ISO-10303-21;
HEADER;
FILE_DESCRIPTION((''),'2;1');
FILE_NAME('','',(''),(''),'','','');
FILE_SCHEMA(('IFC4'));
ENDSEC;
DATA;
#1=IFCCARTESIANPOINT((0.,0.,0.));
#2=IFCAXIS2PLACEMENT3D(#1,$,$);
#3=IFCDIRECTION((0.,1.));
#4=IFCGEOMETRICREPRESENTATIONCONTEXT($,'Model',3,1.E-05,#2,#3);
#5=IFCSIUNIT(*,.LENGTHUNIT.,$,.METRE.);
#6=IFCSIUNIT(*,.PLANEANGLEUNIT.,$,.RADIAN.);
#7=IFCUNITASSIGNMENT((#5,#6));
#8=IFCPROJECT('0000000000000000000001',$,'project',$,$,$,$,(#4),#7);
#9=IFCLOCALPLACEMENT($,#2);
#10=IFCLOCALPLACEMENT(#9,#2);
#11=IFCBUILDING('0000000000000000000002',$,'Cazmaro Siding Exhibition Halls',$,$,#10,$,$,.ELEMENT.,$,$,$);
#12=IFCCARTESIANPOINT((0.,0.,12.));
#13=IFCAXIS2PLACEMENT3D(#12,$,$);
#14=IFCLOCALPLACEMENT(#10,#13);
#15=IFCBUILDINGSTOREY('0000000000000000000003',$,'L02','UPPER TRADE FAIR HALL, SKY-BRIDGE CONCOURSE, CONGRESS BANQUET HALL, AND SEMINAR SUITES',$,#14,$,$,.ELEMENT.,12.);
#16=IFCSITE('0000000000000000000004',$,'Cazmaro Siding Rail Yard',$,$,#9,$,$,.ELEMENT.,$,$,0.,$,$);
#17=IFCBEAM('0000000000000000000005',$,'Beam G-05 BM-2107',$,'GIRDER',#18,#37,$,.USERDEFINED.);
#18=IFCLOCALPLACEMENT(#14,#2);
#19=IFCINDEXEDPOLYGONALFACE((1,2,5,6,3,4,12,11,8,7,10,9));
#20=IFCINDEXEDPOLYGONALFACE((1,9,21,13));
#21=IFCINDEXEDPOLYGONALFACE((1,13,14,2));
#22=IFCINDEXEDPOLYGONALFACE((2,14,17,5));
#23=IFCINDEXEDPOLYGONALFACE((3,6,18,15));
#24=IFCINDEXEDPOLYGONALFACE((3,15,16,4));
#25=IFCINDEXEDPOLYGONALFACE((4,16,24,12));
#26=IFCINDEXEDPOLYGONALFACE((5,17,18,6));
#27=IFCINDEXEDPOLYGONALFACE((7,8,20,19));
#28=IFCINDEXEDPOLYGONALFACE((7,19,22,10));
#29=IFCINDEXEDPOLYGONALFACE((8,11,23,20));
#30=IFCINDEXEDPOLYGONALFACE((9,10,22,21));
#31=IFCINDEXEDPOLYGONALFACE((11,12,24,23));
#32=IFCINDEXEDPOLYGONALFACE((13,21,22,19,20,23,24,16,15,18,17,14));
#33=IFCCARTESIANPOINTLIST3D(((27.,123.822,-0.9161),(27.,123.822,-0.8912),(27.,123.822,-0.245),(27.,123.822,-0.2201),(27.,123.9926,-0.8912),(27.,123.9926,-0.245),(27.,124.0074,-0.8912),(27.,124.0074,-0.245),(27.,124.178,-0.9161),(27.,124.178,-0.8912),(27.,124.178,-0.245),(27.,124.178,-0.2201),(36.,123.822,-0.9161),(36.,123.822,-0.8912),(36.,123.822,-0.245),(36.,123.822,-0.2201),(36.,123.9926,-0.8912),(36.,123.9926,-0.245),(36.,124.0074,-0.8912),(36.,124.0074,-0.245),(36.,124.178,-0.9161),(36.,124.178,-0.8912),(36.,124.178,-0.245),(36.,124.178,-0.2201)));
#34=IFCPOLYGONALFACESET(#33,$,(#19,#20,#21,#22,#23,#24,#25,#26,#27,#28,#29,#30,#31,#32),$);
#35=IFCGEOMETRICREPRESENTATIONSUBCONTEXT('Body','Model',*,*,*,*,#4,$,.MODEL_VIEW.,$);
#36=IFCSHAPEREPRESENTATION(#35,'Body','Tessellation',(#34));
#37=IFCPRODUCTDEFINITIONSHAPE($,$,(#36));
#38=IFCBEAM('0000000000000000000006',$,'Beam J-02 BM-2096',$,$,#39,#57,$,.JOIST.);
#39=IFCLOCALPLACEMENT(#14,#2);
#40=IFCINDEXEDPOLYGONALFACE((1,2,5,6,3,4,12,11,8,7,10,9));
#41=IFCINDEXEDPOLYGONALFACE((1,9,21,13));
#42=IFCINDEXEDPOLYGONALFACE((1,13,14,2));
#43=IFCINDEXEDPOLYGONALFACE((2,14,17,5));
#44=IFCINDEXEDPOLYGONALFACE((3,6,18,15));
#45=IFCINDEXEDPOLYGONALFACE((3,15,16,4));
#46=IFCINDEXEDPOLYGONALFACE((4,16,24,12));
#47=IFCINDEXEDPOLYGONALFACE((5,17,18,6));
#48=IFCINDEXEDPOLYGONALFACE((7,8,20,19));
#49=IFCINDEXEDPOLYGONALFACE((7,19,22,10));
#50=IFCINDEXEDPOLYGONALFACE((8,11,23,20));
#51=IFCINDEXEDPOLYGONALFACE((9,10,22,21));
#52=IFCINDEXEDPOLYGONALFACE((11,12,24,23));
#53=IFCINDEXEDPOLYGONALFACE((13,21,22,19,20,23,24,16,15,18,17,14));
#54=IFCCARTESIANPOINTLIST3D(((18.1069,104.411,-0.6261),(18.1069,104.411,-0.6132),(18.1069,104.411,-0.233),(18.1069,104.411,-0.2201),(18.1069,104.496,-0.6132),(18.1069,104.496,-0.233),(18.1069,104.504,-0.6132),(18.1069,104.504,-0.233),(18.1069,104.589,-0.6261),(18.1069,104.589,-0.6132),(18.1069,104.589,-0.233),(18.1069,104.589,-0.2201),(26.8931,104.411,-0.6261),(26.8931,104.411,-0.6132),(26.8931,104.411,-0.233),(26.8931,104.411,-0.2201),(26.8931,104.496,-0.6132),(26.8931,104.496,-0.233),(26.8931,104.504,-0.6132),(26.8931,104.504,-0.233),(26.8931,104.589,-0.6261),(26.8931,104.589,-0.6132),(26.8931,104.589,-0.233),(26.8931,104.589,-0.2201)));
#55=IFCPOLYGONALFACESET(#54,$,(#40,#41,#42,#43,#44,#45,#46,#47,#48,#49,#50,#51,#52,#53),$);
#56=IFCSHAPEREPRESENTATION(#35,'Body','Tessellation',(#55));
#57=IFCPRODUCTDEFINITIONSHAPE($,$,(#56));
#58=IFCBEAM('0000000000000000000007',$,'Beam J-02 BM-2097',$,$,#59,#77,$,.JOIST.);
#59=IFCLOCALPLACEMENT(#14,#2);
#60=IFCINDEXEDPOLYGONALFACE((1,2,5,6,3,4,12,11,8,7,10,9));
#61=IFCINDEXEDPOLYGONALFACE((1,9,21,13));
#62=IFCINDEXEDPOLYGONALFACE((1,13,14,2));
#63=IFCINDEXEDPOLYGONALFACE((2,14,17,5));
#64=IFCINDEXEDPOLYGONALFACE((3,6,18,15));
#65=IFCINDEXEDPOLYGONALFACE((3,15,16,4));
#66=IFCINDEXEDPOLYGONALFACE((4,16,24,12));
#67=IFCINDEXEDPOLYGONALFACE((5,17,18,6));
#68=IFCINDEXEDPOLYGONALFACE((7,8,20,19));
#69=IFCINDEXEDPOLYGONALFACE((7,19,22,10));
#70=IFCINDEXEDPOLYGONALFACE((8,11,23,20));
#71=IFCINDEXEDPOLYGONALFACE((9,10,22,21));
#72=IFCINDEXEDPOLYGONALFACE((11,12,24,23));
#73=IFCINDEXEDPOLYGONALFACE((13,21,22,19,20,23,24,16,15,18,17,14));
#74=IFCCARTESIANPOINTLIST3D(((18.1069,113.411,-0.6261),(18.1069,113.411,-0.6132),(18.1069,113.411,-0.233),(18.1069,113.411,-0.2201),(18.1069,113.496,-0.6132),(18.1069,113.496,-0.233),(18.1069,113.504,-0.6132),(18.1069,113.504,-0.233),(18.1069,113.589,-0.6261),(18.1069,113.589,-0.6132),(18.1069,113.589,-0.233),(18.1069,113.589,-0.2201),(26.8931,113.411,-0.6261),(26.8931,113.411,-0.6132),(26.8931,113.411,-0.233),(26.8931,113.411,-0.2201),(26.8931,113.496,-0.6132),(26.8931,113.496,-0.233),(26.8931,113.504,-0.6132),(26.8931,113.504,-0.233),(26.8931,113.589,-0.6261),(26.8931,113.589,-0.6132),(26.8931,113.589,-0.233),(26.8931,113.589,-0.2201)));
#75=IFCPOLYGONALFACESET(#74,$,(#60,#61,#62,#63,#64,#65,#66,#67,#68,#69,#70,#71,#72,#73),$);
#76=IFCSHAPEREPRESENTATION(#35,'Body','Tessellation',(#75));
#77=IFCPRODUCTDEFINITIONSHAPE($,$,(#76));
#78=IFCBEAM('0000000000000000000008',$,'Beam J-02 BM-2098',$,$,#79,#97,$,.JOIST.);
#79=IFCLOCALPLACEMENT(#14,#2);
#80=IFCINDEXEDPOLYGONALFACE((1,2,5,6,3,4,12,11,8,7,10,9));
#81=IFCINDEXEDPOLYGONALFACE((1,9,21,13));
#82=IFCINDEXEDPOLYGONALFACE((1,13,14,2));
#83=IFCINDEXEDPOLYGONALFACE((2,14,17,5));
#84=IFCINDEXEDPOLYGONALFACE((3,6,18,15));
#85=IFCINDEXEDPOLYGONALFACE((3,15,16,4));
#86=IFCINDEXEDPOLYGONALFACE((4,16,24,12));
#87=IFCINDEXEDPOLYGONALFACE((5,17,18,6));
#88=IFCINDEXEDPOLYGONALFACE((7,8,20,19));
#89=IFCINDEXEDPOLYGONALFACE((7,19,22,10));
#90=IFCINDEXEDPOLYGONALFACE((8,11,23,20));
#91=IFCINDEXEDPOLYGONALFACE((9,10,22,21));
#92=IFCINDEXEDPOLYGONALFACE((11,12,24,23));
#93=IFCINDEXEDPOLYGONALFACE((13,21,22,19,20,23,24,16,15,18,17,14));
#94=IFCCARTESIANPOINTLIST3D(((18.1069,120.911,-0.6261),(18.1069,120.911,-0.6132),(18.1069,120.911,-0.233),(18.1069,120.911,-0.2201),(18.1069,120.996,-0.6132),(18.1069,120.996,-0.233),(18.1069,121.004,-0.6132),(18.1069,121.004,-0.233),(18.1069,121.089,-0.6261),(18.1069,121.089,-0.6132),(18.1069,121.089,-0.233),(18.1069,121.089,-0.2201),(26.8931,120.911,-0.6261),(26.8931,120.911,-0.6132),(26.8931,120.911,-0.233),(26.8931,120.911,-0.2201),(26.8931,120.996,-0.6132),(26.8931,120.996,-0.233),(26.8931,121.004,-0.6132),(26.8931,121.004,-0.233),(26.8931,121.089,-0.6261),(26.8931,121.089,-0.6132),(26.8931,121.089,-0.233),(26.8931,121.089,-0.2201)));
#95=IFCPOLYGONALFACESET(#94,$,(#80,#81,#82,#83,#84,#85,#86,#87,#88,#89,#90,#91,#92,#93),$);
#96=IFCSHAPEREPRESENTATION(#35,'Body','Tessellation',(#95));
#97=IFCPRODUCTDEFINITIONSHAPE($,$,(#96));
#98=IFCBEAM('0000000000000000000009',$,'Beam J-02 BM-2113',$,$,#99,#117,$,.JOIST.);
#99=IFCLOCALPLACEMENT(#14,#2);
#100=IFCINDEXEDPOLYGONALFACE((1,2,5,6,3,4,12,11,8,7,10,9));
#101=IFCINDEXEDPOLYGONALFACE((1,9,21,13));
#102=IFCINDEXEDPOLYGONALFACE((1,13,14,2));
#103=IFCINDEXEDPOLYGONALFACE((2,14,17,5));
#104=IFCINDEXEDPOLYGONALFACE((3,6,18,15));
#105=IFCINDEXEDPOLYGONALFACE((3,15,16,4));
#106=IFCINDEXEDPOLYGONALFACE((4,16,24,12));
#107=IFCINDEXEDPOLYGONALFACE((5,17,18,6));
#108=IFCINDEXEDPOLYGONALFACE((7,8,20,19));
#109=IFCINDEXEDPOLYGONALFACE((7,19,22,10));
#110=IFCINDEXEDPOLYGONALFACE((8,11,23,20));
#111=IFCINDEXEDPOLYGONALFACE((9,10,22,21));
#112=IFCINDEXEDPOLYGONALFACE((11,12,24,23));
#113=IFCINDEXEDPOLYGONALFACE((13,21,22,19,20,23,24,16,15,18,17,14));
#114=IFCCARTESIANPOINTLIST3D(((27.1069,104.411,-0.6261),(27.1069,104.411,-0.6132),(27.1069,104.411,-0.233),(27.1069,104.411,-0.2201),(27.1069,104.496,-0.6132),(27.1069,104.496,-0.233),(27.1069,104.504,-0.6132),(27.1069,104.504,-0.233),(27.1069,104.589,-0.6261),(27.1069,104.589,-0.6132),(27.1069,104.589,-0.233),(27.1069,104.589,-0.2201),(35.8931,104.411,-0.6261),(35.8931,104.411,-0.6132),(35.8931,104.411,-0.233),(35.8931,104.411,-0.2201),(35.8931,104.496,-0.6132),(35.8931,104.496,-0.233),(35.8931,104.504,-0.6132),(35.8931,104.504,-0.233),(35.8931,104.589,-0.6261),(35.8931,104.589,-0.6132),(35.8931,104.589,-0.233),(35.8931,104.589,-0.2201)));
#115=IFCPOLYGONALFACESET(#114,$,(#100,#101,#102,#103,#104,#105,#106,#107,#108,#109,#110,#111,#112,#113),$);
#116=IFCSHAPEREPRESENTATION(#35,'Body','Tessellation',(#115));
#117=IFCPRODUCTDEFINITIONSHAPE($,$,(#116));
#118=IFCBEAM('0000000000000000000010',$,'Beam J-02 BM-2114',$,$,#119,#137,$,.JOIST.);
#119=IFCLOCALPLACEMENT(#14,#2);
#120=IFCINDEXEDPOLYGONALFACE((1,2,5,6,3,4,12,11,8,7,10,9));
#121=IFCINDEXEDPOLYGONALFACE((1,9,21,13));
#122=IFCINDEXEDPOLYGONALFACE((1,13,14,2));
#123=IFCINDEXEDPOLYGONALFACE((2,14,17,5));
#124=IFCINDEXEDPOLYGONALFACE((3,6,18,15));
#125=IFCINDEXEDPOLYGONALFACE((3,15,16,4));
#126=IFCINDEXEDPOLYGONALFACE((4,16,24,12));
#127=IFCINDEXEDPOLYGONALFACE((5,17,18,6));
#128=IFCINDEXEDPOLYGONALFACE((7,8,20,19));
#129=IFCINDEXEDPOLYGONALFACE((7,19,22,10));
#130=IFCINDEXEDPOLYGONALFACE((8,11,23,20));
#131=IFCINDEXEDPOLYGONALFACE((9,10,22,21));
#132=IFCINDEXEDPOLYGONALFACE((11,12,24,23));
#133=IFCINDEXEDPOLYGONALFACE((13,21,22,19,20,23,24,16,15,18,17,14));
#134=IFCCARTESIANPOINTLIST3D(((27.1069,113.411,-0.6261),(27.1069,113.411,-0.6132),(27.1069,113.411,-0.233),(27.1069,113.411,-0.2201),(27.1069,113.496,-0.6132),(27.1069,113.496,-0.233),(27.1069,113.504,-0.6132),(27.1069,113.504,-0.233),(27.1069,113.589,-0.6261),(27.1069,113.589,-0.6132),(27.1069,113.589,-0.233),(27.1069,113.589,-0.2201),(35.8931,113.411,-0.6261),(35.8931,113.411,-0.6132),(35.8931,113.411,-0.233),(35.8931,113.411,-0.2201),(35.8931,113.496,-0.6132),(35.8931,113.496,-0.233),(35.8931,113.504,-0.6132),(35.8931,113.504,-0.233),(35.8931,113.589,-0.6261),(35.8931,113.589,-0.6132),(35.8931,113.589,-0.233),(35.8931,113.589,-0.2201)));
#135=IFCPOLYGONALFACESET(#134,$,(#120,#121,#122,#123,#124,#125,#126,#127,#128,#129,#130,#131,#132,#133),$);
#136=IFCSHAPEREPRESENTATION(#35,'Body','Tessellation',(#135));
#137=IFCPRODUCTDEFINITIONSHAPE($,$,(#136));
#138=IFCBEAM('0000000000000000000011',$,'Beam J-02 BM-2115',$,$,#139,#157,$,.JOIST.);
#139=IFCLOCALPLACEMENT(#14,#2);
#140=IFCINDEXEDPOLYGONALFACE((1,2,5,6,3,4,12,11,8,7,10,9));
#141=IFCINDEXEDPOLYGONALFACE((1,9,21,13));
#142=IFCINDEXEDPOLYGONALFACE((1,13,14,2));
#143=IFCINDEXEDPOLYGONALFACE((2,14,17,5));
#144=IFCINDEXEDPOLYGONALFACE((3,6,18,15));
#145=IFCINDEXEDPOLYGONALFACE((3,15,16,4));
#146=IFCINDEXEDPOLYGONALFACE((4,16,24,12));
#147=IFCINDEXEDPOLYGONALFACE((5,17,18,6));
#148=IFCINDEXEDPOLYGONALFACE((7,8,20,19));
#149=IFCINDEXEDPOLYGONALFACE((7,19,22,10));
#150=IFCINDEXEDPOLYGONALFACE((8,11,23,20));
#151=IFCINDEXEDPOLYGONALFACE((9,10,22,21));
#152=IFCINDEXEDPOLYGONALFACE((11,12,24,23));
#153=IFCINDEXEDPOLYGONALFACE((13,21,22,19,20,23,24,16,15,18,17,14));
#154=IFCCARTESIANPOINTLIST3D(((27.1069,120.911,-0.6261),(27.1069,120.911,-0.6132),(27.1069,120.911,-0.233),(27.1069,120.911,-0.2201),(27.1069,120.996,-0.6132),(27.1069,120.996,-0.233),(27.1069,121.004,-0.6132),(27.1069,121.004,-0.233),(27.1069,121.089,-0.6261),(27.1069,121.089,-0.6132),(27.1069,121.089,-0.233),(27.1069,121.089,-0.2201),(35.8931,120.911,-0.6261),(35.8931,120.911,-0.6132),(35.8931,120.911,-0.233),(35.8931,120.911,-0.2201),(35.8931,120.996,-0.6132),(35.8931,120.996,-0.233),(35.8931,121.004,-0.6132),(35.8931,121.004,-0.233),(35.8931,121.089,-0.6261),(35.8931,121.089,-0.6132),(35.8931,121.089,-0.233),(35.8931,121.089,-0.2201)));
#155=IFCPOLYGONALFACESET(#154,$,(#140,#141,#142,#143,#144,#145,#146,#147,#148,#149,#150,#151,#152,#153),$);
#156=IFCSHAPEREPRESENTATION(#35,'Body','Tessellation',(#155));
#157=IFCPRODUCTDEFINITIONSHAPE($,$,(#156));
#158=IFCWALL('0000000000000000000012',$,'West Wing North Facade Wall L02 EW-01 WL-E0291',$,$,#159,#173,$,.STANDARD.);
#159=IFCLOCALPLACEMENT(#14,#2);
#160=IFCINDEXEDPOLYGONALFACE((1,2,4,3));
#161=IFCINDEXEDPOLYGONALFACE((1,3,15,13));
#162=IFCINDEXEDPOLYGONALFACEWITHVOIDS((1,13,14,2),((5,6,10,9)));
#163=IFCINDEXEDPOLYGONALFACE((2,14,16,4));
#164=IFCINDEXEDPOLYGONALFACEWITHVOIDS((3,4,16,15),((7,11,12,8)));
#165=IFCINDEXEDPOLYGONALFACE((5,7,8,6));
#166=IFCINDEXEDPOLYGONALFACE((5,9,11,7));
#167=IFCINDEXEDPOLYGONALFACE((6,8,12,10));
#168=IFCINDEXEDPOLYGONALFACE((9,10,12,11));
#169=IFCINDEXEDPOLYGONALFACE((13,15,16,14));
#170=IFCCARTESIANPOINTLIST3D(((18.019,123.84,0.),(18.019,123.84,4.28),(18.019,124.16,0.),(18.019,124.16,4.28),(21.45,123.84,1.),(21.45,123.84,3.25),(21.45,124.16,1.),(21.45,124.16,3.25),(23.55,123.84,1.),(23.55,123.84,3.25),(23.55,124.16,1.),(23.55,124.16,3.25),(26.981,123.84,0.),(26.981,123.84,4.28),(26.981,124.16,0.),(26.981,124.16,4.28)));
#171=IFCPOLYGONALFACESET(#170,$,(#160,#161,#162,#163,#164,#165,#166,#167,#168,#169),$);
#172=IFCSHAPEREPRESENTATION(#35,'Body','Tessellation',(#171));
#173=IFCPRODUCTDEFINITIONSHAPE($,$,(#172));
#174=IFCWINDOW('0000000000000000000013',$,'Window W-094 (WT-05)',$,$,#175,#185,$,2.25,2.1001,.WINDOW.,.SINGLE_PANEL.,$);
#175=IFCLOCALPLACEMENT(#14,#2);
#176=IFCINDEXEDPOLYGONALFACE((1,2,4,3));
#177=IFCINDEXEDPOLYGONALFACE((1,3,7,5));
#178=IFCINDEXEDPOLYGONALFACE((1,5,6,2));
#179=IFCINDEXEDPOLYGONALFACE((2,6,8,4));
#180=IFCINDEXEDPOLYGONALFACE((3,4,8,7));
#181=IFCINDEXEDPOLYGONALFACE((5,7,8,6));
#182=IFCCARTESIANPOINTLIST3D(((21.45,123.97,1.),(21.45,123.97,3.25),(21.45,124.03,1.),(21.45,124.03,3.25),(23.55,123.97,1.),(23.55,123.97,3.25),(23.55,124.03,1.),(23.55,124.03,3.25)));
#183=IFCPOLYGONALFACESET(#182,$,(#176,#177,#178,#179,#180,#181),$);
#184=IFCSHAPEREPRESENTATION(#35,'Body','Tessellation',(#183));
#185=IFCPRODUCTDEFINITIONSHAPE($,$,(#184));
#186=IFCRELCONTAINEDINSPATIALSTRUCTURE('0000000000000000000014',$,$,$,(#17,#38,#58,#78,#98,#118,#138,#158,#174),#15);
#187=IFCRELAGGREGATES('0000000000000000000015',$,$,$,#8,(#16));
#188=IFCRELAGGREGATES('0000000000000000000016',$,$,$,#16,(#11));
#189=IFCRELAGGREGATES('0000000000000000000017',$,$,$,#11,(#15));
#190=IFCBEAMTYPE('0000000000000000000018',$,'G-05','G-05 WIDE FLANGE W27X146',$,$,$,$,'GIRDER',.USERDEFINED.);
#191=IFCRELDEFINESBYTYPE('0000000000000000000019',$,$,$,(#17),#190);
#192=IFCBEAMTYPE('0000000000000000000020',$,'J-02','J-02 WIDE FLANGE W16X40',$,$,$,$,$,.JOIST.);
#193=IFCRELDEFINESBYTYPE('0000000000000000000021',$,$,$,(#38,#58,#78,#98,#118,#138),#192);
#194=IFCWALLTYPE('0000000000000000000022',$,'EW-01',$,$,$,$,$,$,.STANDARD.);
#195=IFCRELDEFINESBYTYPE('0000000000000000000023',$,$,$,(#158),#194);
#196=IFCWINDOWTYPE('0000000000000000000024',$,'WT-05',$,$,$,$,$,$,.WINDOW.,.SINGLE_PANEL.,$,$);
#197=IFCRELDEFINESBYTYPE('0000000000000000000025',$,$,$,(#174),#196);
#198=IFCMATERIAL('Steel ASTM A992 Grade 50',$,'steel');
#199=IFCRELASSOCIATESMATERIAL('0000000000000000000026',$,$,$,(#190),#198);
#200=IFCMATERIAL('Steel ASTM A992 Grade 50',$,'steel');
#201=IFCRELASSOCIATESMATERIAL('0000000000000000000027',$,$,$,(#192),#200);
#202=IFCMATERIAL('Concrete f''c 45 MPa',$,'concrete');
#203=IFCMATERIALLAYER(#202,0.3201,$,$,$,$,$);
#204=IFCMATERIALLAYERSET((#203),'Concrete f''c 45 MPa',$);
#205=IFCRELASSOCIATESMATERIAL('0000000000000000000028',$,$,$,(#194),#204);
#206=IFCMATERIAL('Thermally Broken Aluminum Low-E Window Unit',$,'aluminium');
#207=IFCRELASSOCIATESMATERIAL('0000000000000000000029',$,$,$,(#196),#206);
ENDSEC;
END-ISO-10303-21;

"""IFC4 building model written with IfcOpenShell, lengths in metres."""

from ifc_helpers import new_model, si_unit, direction, frame, frame_2d, origin, origin_2d, place, context, subcontext, project, spatial, rectangle, i_section, extrude, material, layer, layer_set, material_profile, profile_set, type_object, element, fill, save


model = new_model("IFC4")

# Units and contexts
model_context = context("Model", 3, precision=1e-05, world=origin(), true_north=direction((0.0, 1.0)))
body_context = subcontext(model_context, "Body", "Model", "MODEL_VIEW")
ifc_project = project(units=[si_unit("LENGTHUNIT", "METRE"), si_unit("PLANEANGLEUNIT", "RADIAN")], contexts=[model_context])

# Site, building, storey
site_placement = place(None, origin())
site = spatial("IfcSite", under=ifc_project, at=site_placement, Name="Cazmaro Siding Rail Yard", CompositionType="ELEMENT", RefElevation=0.0)
building_placement = place(site_placement, origin())
building = spatial("IfcBuilding", under=site, at=building_placement, Name="Cazmaro Siding Exhibition Halls", CompositionType="ELEMENT")
storey_placement = place(building_placement, frame((0.0, 0.0, 12.0)))
storey = spatial("IfcBuildingStorey", under=building, at=storey_placement, Name="L02", Description="UPPER TRADE FAIR HALL, SKY-BRIDGE CONCOURSE, CONGRESS BANQUET HALL, AND SEMINAR SUITES", CompositionType="ELEMENT", Elevation=12.0)

# Beams
ifc_material_1 = material(Name="Steel ASTM A992 Grade 50", Category="steel")
ifc_material_profile_1 = material_profile(ifc_material_1, i_section(OverallWidth=0.356, OverallDepth=0.696, WebThickness=0.0149, FlangeThickness=0.0249, at=origin_2d()), Name="W27X146")
ifc_profile_set_1 = profile_set([ifc_material_profile_1], Name="Steel ASTM A992 Grade 50")
beam_type_1 = type_object("IfcBeamType", Name="G-05", Description="G-05 WIDE FLANGE W27X146", ElementType="GIRDER", PredefinedType="USERDEFINED", material=ifc_profile_set_1)
for number, where, z_axis, x_axis, name in (
    (1, (27.0, 124.0, -0.5681), (1.0, 0.0, 0.0), (0.0, 1.0, 0.0), "Beam G-05 BM-2107"),
):
    element("IfcBeam", number, at=place(storey_placement, frame(where, z_axis=z_axis, x_axis=x_axis)), inside=storey, type_object=beam_type_1, Name=name, ObjectType="GIRDER", PredefinedType="USERDEFINED", context=body_context, shape_type="SweptSolid", body=[
        extrude(i_section(OverallWidth=0.356, OverallDepth=0.696, WebThickness=0.0149, FlangeThickness=0.0249, at=origin_2d()), origin(), (0.0, 0.0, 1.0), 9.0),
    ])
ifc_material_2 = material(Name="Steel ASTM A992 Grade 50", Category="steel")
ifc_material_profile_2 = material_profile(ifc_material_2, i_section(OverallWidth=0.178, OverallDepth=0.406, WebThickness=0.0081, FlangeThickness=0.0129, at=origin_2d()), Name="W16X40")
ifc_profile_set_2 = profile_set([ifc_material_profile_2], Name="Steel ASTM A992 Grade 50")
beam_type_2 = type_object("IfcBeamType", Name="J-02", Description="J-02 WIDE FLANGE W16X40", PredefinedType="JOIST", material=ifc_profile_set_2)
for number, where, z_axis, x_axis, name in (
    (2, (18.1069, 104.5, -0.4231), (1.0, 0.0, 0.0), (0.0, 1.0, 0.0), "Beam J-02 BM-2096"),
    (3, (18.1069, 113.5, -0.4231), (1.0, 0.0, 0.0), (0.0, 1.0, 0.0), "Beam J-02 BM-2097"),
    (4, (18.1069, 121.0, -0.4231), (1.0, 0.0, 0.0), (0.0, 1.0, 0.0), "Beam J-02 BM-2098"),
    (5, (27.1069, 104.5, -0.4231), (1.0, 0.0, 0.0), (0.0, 1.0, 0.0), "Beam J-02 BM-2113"),
    (6, (27.1069, 113.5, -0.4231), (1.0, 0.0, 0.0), (0.0, 1.0, 0.0), "Beam J-02 BM-2114"),
    (7, (27.1069, 121.0, -0.4231), (1.0, 0.0, 0.0), (0.0, 1.0, 0.0), "Beam J-02 BM-2115"),
):
    element("IfcBeam", number, at=place(storey_placement, frame(where, z_axis=z_axis, x_axis=x_axis)), inside=storey, type_object=beam_type_2, Name=name, PredefinedType="JOIST", context=body_context, shape_type="SweptSolid", body=[
        extrude(i_section(OverallWidth=0.178, OverallDepth=0.406, WebThickness=0.0081, FlangeThickness=0.0129, at=origin_2d()), origin(), (0.0, 0.0, 1.0), 8.7861),
    ])

# Wall, opening, window
ifc_material_3 = material(Name="Concrete f'c 45 MPa", Category="concrete")
ifc_layer_1 = layer(ifc_material_3, 0.3201)
ifc_layer_set_1 = layer_set([ifc_layer_1], Name="Concrete f'c 45 MPa")
wall_type_1 = type_object("IfcWallType", Name="EW-01", PredefinedType="STANDARD", material=ifc_layer_set_1)
wall_1_placement = place(storey_placement, frame((18.019, 124.0, 0.0), z_axis=(0.0, 0.0, 1.0), x_axis=(1.0, 0.0, 0.0)))
wall_1 = element("IfcWall", 8, at=wall_1_placement, inside=storey, type_object=wall_type_1, Name="West Wing North Facade Wall L02 EW-01 WL-E0291", PredefinedType="STANDARD", context=body_context, shape_type="SweptSolid", body=[
    extrude(rectangle(XDim=8.9619, YDim=0.3201, at=frame_2d((4.481, 0.0))), origin(), (0.0, 0.0, 1.0), 4.28),
])
opening_1_placement = place(wall_1_placement, frame((3.4309, 0.0, 1.0)))
opening_1 = element("IfcOpeningElement", 9, at=opening_1_placement, cuts=wall_1, PredefinedType="OPENING", context=body_context, shape_type="SweptSolid", body=[
    extrude(rectangle(XDim=2.1001, YDim=2.25, at=frame_2d((1.05, 1.125))), frame((0.0, 0.1699, 0.0), z_axis=(0.0, -1.0, 0.0), x_axis=(1.0, 0.0, 0.0)), (0.0, 0.0, 1.0), 0.3401),
])
ifc_material_4 = material(Name="Thermally Broken Aluminum Low-E Window Unit", Category="aluminium")
window_type = type_object("IfcWindowType", Name="WT-05", PartitioningType="SINGLE_PANEL", PredefinedType="WINDOW", material=ifc_material_4)
window_1_placement = place(opening_1_placement, origin())
window_1 = element("IfcWindow", 10, at=window_1_placement, inside=storey, type_object=window_type, Name="Window W-094 (WT-05)", OverallHeight=2.25, OverallWidth=2.1001, PartitioningType="SINGLE_PANEL", PredefinedType="WINDOW", context=body_context, shape_type="SweptSolid", body=[
    extrude(rectangle(XDim=2.1001, YDim=2.25, at=frame_2d((1.05, 1.125))), frame((0.0, 0.03, 0.0), z_axis=(0.0, -1.0, 0.0), x_axis=(1.0, 0.0, 0.0)), (0.0, 0.0, 1.0), 0.0601),
])
fill(opening_1, window_1)

save(model, "model.ifc")
